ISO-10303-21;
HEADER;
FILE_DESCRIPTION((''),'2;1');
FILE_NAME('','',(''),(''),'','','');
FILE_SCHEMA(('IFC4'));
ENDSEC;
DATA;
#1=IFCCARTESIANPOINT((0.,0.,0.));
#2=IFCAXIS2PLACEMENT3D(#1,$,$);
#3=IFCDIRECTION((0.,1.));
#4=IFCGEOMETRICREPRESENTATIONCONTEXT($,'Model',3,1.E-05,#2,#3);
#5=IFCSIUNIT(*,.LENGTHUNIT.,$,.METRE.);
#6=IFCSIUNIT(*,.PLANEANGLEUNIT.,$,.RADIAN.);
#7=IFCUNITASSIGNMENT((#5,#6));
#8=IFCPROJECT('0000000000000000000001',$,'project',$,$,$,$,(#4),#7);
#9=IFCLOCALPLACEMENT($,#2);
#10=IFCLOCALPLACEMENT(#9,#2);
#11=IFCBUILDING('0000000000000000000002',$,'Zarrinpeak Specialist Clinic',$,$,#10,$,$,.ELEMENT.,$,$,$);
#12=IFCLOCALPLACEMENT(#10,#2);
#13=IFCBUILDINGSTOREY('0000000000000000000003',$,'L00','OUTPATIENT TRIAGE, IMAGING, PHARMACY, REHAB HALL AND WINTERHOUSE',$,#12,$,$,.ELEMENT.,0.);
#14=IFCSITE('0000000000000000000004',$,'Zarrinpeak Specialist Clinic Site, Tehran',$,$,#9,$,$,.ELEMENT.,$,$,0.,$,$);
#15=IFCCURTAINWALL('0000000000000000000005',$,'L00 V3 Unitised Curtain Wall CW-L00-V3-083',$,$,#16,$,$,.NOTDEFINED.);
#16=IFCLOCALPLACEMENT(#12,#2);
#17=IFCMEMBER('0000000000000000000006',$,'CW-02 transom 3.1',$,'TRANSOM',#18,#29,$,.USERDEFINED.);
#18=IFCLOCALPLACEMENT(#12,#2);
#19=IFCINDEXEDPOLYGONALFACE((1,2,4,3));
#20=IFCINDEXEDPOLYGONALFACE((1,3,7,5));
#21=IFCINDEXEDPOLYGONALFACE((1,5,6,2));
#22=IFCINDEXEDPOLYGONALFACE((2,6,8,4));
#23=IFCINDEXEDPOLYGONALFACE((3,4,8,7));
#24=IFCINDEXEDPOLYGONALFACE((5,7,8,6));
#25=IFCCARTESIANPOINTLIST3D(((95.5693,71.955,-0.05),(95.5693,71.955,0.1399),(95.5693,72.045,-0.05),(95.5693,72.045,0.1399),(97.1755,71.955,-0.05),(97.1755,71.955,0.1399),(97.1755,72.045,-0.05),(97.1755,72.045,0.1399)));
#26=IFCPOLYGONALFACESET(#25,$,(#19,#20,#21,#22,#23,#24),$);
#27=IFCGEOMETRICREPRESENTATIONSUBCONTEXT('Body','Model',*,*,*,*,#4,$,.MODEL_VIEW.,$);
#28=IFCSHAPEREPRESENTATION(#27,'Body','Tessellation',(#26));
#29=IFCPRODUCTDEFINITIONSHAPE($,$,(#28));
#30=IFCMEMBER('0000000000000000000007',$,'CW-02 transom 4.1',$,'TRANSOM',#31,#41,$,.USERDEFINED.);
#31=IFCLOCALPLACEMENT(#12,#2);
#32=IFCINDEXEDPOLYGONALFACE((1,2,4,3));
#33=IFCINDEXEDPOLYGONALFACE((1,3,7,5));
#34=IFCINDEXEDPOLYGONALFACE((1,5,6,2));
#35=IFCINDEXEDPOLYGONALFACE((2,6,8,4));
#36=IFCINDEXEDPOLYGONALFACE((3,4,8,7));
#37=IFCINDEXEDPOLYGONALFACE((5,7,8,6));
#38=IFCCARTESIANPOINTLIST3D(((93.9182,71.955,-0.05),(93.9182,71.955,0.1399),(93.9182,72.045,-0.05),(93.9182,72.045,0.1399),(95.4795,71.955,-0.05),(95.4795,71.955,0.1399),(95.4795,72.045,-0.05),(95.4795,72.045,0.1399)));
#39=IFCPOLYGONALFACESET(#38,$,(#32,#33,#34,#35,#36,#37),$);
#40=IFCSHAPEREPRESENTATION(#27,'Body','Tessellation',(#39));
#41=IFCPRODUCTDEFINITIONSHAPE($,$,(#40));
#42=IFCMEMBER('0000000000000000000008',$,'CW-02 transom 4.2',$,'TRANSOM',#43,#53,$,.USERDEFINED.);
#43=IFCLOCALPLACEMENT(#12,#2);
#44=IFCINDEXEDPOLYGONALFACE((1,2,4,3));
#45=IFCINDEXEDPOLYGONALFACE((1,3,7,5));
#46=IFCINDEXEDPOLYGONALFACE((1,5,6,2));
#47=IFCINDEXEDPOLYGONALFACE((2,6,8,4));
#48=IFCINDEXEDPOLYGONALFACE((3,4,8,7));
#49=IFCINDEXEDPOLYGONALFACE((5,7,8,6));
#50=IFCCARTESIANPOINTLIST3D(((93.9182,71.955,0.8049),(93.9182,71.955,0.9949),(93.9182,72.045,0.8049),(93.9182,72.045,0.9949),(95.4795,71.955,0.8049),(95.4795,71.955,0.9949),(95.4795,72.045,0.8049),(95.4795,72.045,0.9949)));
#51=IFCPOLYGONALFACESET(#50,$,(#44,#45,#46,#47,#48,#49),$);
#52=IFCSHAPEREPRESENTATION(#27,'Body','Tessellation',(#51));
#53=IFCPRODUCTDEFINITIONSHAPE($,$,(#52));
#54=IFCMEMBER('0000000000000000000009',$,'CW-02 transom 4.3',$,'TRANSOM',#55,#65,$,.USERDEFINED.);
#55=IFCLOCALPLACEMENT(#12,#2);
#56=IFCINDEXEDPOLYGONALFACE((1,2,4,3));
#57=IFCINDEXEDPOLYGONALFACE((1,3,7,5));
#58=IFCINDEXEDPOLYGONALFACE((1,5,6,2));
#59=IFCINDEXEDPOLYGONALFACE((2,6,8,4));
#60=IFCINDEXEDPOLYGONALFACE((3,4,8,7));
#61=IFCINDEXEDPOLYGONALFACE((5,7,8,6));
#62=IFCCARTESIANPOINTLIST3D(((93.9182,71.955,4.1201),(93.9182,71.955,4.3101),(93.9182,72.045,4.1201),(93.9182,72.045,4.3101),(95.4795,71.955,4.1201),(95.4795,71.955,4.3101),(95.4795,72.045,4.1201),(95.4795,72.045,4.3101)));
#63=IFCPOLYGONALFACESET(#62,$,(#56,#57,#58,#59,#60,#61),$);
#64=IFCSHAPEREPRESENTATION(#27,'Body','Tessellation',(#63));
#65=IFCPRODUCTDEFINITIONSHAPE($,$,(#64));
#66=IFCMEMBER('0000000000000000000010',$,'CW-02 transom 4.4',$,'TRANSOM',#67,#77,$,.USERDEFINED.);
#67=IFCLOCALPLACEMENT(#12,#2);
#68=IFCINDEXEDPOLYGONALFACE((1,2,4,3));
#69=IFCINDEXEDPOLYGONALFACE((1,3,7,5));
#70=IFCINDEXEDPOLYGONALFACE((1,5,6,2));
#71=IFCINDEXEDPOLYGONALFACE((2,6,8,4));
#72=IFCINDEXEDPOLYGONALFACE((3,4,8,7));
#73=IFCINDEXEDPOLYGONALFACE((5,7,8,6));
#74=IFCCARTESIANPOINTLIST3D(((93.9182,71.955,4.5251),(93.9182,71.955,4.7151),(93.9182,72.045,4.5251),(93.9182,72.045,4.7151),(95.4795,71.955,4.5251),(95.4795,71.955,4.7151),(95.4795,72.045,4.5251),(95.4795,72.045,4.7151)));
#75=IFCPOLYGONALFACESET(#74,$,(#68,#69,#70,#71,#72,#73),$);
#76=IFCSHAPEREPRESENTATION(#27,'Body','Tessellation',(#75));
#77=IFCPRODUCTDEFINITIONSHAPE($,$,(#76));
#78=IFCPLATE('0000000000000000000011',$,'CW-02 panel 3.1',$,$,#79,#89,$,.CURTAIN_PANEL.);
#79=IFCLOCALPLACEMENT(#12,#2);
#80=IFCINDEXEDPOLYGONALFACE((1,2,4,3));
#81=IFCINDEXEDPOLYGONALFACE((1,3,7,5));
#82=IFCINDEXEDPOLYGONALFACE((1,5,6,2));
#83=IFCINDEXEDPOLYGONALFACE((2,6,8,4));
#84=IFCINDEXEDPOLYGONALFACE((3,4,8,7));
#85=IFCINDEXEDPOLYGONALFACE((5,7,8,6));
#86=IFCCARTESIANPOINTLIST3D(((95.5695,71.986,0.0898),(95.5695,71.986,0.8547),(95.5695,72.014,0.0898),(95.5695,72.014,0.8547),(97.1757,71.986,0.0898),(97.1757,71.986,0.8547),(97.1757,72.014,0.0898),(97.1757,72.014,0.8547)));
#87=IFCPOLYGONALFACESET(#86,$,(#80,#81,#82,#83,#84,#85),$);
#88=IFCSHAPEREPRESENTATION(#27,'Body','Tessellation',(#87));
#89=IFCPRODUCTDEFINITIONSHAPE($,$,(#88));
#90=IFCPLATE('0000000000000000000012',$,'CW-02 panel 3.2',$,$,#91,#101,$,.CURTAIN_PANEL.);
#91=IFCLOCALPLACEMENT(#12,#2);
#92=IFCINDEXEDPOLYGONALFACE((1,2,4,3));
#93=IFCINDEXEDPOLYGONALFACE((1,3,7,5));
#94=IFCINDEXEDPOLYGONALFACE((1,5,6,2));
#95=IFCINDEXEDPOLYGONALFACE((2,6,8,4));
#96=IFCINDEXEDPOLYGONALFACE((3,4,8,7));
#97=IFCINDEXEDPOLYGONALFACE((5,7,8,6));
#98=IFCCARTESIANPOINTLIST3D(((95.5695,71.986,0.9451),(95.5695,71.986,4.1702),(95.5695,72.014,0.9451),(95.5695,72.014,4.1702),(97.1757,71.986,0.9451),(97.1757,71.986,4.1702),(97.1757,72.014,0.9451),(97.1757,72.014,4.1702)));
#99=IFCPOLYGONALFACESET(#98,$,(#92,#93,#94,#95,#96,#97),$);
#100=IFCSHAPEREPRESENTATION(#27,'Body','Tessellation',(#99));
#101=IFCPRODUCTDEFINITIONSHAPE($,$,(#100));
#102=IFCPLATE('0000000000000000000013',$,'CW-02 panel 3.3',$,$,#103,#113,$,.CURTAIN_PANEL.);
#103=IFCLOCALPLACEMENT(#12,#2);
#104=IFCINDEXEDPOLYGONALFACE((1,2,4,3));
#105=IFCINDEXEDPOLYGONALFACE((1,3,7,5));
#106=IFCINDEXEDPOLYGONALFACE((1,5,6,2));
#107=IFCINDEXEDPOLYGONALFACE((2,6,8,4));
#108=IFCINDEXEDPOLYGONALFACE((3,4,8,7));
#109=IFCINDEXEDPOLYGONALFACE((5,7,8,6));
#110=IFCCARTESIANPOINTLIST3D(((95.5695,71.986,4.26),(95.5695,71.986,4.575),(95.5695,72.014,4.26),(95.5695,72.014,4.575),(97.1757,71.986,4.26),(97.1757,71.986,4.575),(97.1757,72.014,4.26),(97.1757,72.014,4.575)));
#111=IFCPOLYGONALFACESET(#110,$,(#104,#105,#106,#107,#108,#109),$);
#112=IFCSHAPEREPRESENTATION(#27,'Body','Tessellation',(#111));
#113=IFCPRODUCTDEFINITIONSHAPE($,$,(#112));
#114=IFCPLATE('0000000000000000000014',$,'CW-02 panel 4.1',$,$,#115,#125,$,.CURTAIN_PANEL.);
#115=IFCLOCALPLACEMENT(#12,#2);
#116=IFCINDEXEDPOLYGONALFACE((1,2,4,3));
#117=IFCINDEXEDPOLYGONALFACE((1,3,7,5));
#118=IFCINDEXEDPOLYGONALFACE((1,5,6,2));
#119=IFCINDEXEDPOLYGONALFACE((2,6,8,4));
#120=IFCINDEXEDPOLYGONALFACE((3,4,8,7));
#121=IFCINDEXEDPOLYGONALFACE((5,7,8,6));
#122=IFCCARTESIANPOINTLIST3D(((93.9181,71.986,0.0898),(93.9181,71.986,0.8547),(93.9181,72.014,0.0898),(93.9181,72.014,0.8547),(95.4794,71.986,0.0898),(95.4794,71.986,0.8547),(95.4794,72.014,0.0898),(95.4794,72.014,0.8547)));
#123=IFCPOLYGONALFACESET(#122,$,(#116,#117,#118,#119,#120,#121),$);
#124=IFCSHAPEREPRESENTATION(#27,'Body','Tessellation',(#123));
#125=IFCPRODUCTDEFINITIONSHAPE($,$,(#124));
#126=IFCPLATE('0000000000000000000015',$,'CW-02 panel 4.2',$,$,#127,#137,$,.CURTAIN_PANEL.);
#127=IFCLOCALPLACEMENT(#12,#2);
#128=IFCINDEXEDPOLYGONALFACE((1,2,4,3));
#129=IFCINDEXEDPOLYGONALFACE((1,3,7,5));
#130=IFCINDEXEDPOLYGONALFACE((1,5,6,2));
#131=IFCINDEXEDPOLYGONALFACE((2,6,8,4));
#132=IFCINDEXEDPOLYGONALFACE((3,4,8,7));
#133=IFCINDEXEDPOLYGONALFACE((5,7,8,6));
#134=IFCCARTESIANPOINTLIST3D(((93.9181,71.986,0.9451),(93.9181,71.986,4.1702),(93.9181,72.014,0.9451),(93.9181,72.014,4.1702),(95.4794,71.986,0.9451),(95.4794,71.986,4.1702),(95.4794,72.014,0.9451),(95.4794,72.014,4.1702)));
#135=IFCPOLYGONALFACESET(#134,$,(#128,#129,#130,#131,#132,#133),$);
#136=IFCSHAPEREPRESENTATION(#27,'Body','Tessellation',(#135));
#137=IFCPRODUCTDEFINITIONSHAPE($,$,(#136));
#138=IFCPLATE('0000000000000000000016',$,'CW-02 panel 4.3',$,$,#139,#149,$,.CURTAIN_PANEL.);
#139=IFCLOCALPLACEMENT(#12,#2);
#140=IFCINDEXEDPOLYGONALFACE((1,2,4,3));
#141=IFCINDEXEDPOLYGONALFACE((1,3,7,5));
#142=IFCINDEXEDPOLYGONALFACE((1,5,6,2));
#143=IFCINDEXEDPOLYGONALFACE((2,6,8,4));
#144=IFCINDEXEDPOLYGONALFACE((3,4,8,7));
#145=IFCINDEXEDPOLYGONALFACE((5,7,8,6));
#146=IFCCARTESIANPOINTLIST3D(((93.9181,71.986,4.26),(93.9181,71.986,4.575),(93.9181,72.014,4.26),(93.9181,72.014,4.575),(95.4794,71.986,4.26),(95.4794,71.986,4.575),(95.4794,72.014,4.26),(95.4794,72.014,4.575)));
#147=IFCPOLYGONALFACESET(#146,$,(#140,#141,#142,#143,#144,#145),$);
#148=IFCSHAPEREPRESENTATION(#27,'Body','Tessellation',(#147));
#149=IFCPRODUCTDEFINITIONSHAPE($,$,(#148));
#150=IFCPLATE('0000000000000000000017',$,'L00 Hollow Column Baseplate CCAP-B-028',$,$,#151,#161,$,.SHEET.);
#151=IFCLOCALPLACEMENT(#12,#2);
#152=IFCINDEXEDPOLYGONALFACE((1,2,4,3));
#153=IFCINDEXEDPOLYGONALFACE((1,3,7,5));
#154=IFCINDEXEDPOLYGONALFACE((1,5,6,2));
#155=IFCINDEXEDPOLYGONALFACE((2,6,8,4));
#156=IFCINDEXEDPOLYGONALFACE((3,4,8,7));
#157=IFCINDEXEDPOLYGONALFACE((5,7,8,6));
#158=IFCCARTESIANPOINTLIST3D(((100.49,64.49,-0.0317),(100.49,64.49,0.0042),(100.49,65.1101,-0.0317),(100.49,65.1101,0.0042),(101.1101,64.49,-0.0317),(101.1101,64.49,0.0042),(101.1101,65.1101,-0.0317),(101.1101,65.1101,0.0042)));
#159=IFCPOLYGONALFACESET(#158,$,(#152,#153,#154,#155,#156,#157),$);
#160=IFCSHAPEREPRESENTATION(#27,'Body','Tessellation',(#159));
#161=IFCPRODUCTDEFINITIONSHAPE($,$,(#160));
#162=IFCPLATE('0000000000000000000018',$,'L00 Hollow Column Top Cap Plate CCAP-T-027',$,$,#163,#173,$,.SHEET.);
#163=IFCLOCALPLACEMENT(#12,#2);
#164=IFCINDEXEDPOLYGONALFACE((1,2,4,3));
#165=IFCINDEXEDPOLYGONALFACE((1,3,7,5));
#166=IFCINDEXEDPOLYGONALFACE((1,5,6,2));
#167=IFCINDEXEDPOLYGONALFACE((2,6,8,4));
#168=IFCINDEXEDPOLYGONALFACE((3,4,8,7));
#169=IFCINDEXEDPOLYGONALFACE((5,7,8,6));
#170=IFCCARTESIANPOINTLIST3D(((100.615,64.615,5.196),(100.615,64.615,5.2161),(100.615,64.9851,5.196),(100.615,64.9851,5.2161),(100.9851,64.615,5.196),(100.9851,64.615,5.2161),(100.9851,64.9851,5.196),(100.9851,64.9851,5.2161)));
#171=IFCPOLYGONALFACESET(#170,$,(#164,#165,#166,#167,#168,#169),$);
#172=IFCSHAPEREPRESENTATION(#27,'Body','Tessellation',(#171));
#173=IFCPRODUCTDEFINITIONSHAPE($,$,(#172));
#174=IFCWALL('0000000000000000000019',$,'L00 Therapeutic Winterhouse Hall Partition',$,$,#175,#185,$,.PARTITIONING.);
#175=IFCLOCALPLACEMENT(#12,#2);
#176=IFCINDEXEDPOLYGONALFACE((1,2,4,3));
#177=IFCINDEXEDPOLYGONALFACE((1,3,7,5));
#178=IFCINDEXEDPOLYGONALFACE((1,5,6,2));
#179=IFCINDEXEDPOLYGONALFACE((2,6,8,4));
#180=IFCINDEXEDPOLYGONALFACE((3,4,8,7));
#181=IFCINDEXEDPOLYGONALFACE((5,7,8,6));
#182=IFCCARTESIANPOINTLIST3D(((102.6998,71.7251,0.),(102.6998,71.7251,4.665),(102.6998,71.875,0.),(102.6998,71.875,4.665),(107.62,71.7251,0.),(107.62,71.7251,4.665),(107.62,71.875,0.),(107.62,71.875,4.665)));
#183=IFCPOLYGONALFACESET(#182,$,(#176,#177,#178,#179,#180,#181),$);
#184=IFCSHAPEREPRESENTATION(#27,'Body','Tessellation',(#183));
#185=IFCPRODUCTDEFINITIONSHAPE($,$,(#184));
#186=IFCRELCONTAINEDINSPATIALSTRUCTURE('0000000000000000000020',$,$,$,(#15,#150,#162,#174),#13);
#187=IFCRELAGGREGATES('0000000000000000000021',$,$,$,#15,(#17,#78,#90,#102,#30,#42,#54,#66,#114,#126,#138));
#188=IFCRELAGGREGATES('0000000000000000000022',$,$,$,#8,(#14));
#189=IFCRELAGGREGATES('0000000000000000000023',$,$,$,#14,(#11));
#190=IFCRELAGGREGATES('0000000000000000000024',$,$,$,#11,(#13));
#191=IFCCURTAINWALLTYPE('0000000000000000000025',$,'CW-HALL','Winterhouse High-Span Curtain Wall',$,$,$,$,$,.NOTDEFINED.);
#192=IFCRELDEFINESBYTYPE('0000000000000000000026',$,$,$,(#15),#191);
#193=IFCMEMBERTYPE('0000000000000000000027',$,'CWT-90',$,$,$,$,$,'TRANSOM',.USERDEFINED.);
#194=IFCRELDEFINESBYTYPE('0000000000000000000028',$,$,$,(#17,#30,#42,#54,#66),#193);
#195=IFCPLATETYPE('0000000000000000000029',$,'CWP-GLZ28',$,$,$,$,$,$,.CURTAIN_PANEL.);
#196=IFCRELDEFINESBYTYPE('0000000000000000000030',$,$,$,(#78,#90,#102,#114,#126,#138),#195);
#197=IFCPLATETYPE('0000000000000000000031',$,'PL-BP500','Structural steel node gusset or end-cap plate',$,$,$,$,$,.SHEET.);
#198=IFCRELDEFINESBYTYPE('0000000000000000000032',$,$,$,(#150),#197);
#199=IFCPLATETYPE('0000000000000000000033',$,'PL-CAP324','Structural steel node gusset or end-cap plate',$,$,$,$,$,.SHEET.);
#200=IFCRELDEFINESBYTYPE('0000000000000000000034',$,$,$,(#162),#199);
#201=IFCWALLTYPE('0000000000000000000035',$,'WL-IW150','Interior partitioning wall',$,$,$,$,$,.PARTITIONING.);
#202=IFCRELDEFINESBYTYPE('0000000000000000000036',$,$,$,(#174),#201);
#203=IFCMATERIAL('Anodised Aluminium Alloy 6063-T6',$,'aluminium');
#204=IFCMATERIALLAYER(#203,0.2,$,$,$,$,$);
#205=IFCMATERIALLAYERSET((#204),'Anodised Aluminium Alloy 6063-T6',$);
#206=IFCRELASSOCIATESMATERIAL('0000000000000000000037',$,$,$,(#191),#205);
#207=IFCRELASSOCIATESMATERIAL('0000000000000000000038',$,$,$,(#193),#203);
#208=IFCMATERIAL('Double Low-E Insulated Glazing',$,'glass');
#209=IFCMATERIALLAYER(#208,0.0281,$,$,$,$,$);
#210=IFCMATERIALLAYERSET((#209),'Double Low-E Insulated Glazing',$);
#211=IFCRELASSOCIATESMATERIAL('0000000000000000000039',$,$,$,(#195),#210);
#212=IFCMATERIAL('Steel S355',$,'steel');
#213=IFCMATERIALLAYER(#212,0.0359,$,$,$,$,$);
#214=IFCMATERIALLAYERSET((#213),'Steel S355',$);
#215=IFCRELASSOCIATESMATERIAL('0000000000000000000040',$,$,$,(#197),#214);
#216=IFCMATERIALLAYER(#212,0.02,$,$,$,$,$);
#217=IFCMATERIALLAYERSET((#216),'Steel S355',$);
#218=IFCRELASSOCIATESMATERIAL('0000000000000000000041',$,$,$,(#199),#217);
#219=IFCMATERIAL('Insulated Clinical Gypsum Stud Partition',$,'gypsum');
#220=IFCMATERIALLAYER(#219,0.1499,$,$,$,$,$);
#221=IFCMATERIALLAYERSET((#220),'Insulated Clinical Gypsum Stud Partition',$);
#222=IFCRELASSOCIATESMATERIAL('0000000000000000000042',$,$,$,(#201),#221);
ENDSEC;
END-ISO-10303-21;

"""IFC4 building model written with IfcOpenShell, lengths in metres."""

from ifc_helpers import new_model, si_unit, direction, frame, frame_2d, origin, origin_2d, place, context, subcontext, project, spatial, rectangle, extrude, material, layer, layer_set, material_profile, profile_set, type_object, element, aggregate, save


model = new_model("IFC4")

# Units and contexts
model_context = context("Model", 3, precision=1e-05, world=origin(), true_north=direction((0.0, 1.0)))
body_context = subcontext(model_context, "Body", "Model", "MODEL_VIEW")
ifc_project = project(units=[si_unit("LENGTHUNIT", "METRE"), si_unit("PLANEANGLEUNIT", "RADIAN")], contexts=[model_context])

# Site, building, storey
site_placement = place(None, origin())
site = spatial("IfcSite", under=ifc_project, at=site_placement, Name="Zarrinpeak Specialist Clinic Site, Tehran", CompositionType="ELEMENT", RefElevation=0.0)
building_placement = place(site_placement, origin())
building = spatial("IfcBuilding", under=site, at=building_placement, Name="Zarrinpeak Specialist Clinic", CompositionType="ELEMENT")
storey_placement = place(building_placement, origin())
storey = spatial("IfcBuildingStorey", under=building, at=storey_placement, Name="L00", Description="OUTPATIENT TRIAGE, IMAGING, PHARMACY, REHAB HALL AND WINTERHOUSE", CompositionType="ELEMENT", Elevation=0.0)

# Shared definitions
ifc_material_1 = material(Name="Steel S355", Category="steel")

# Curtain wall, members, plates
ifc_material_2 = material(Name="Anodised Aluminium Alloy 6063-T6", Category="aluminium")
ifc_layer_1 = layer(ifc_material_2, 0.2)
ifc_layer_set_1 = layer_set([ifc_layer_1], Name="Anodised Aluminium Alloy 6063-T6")
curtain_wall_type = type_object("IfcCurtainWallType", Name="CW-HALL", Description="Winterhouse High-Span Curtain Wall", PredefinedType="NOTDEFINED", material=ifc_layer_set_1)
curtain_wall_placement = place(storey_placement, origin())
curtain_wall = element("IfcCurtainWall", 1, at=curtain_wall_placement, inside=storey, type_object=curtain_wall_type, Name="L00 V3 Unitised Curtain Wall CW-L00-V3-083", PredefinedType="NOTDEFINED")
ifc_material_profile_1 = material_profile(ifc_material_2, rectangle(XDim=0.0901, YDim=0.1899, at=origin_2d()), Name="ALU 90x190")
ifc_profile_set_1 = profile_set([ifc_material_profile_1], Name="Anodised Aluminium Alloy 6063-T6")
member_type_1 = type_object("IfcMemberType", Name="CWT-90", ElementType="TRANSOM", PredefinedType="USERDEFINED", material=ifc_profile_set_1)
member_1_placement = place(storey_placement, frame((97.1755, 72.0, 0.0449), z_axis=(-1.0, 0.0, 0.0), x_axis=(0.0, -1.0, 0.0)))
member_1 = element("IfcMember", 2, at=member_1_placement, type_object=member_type_1, Name="CW-02 transom 3.1", ObjectType="TRANSOM", PredefinedType="USERDEFINED", context=body_context, shape_type="SweptSolid", body=[
    extrude(rectangle(XDim=0.0901, YDim=0.1899, at=origin_2d()), origin(), (0.0, 0.0, 1.0), 1.6062),
])
member_2_placement = place(storey_placement, frame((95.4795, 72.0, 0.0449), z_axis=(-1.0, 0.0, 0.0), x_axis=(0.0, -1.0, 0.0)))
member_2 = element("IfcMember", 3, at=member_2_placement, type_object=member_type_1, Name="CW-02 transom 4.1", ObjectType="TRANSOM", PredefinedType="USERDEFINED", context=body_context, shape_type="SweptSolid", body=[
    extrude(rectangle(XDim=0.0901, YDim=0.1899, at=origin_2d()), origin(), (0.0, 0.0, 1.0), 1.5613),
])
member_3_placement = place(storey_placement, frame((95.4795, 72.0, 0.8999), z_axis=(-1.0, 0.0, 0.0), x_axis=(0.0, -1.0, 0.0)))
member_3 = element("IfcMember", 4, at=member_3_placement, type_object=member_type_1, Name="CW-02 transom 4.2", ObjectType="TRANSOM", PredefinedType="USERDEFINED", context=body_context, shape_type="SweptSolid", body=[
    extrude(rectangle(XDim=0.0901, YDim=0.1899, at=origin_2d()), origin(), (0.0, 0.0, 1.0), 1.5613),
])
member_4_placement = place(storey_placement, frame((95.4795, 72.0, 4.2151), z_axis=(-1.0, 0.0, 0.0), x_axis=(0.0, -1.0, 0.0)))
member_4 = element("IfcMember", 5, at=member_4_placement, type_object=member_type_1, Name="CW-02 transom 4.3", ObjectType="TRANSOM", PredefinedType="USERDEFINED", context=body_context, shape_type="SweptSolid", body=[
    extrude(rectangle(XDim=0.0901, YDim=0.1899, at=origin_2d()), origin(), (0.0, 0.0, 1.0), 1.5613),
])
member_5_placement = place(storey_placement, frame((95.4795, 72.0, 4.6201), z_axis=(-1.0, 0.0, 0.0), x_axis=(0.0, -1.0, 0.0)))
member_5 = element("IfcMember", 6, at=member_5_placement, type_object=member_type_1, Name="CW-02 transom 4.4", ObjectType="TRANSOM", PredefinedType="USERDEFINED", context=body_context, shape_type="SweptSolid", body=[
    extrude(rectangle(XDim=0.0901, YDim=0.1899, at=origin_2d()), origin(), (0.0, 0.0, 1.0), 1.5613),
])
ifc_material_3 = material(Name="Double Low-E Insulated Glazing", Category="glass")
ifc_layer_2 = layer(ifc_material_3, 0.0281)
ifc_layer_set_2 = layer_set([ifc_layer_2], Name="Double Low-E Insulated Glazing")
plate_type_1 = type_object("IfcPlateType", Name="CWP-GLZ28", PredefinedType="CURTAIN_PANEL", material=ifc_layer_set_2)
plate_1_placement = place(storey_placement, frame((96.3726, 72.0, 0.0898), z_axis=(0.0, 0.0, 1.0), x_axis=(-1.0, 0.0, 0.0)))
plate_1 = element("IfcPlate", 7, at=plate_1_placement, type_object=plate_type_1, Name="CW-02 panel 3.1", PredefinedType="CURTAIN_PANEL", context=body_context, shape_type="SweptSolid", body=[
    extrude(rectangle(XDim=1.6062, YDim=0.0281, at=origin_2d()), origin(), (0.0, 0.0, 1.0), 0.7649),
])
plate_2_placement = place(storey_placement, frame((96.3726, 72.0, 0.9451), z_axis=(0.0, 0.0, 1.0), x_axis=(-1.0, 0.0, 0.0)))
plate_2 = element("IfcPlate", 8, at=plate_2_placement, type_object=plate_type_1, Name="CW-02 panel 3.2", PredefinedType="CURTAIN_PANEL", context=body_context, shape_type="SweptSolid", body=[
    extrude(rectangle(XDim=1.6062, YDim=0.0281, at=origin_2d()), origin(), (0.0, 0.0, 1.0), 3.2251),
])
plate_3_placement = place(storey_placement, frame((96.3726, 72.0, 4.26), z_axis=(0.0, 0.0, 1.0), x_axis=(-1.0, 0.0, 0.0)))
plate_3 = element("IfcPlate", 9, at=plate_3_placement, type_object=plate_type_1, Name="CW-02 panel 3.3", PredefinedType="CURTAIN_PANEL", context=body_context, shape_type="SweptSolid", body=[
    extrude(rectangle(XDim=1.6062, YDim=0.0281, at=origin_2d()), origin(), (0.0, 0.0, 1.0), 0.3149),
])
plate_4_placement = place(storey_placement, frame((94.6987, 72.0, 0.0898), z_axis=(0.0, 0.0, 1.0), x_axis=(-1.0, 0.0, 0.0)))
plate_4 = element("IfcPlate", 10, at=plate_4_placement, type_object=plate_type_1, Name="CW-02 panel 4.1", PredefinedType="CURTAIN_PANEL", context=body_context, shape_type="SweptSolid", body=[
    extrude(rectangle(XDim=1.5613, YDim=0.0281, at=origin_2d()), origin(), (0.0, 0.0, 1.0), 0.7649),
])
plate_5_placement = place(storey_placement, frame((94.6987, 72.0, 0.9451), z_axis=(0.0, 0.0, 1.0), x_axis=(-1.0, 0.0, 0.0)))
plate_5 = element("IfcPlate", 11, at=plate_5_placement, type_object=plate_type_1, Name="CW-02 panel 4.2", PredefinedType="CURTAIN_PANEL", context=body_context, shape_type="SweptSolid", body=[
    extrude(rectangle(XDim=1.5613, YDim=0.0281, at=origin_2d()), origin(), (0.0, 0.0, 1.0), 3.2251),
])
plate_6_placement = place(storey_placement, frame((94.6987, 72.0, 4.26), z_axis=(0.0, 0.0, 1.0), x_axis=(-1.0, 0.0, 0.0)))
plate_6 = element("IfcPlate", 12, at=plate_6_placement, type_object=plate_type_1, Name="CW-02 panel 4.3", PredefinedType="CURTAIN_PANEL", context=body_context, shape_type="SweptSolid", body=[
    extrude(rectangle(XDim=1.5613, YDim=0.0281, at=origin_2d()), origin(), (0.0, 0.0, 1.0), 0.3149),
])
aggregate(curtain_wall, [member_1, plate_1, plate_2, plate_3, member_2, member_3, member_4, member_5, plate_4, plate_5, plate_6])

# Plates
ifc_layer_3 = layer(ifc_material_1, 0.0359)
ifc_layer_set_3 = layer_set([ifc_layer_3], Name="Steel S355")
plate_type_2 = type_object("IfcPlateType", Name="PL-BP500", Description="Structural steel node gusset or end-cap plate", PredefinedType="SHEET", material=ifc_layer_set_3)
plate_7_placement = place(storey_placement, frame((100.8, 64.8, -0.0317), z_axis=(0.0, 0.0, 1.0), x_axis=(1.0, 0.0, 0.0)))
element("IfcPlate", 13, at=plate_7_placement, inside=storey, type_object=plate_type_2, Name="L00 Hollow Column Baseplate CCAP-B-028", PredefinedType="SHEET", context=body_context, shape_type="SweptSolid", body=[
    extrude(rectangle(XDim=0.6201, YDim=0.6201, at=origin_2d()), origin(), (0.0, 0.0, 1.0), 0.0359),
])
ifc_layer_4 = layer(ifc_material_1, 0.02)
ifc_layer_set_4 = layer_set([ifc_layer_4], Name="Steel S355")
plate_type_3 = type_object("IfcPlateType", Name="PL-CAP324", Description="Structural steel node gusset or end-cap plate", PredefinedType="SHEET", material=ifc_layer_set_4)
plate_8_placement = place(storey_placement, frame((100.8, 64.8, 5.196), z_axis=(0.0, 0.0, 1.0), x_axis=(1.0, 0.0, 0.0)))
element("IfcPlate", 14, at=plate_8_placement, inside=storey, type_object=plate_type_3, Name="L00 Hollow Column Top Cap Plate CCAP-T-027", PredefinedType="SHEET", context=body_context, shape_type="SweptSolid", body=[
    extrude(rectangle(XDim=0.3701, YDim=0.3701, at=origin_2d()), origin(), (0.0, 0.0, 1.0), 0.02),
])

# Wall
ifc_material_4 = material(Name="Insulated Clinical Gypsum Stud Partition", Category="gypsum")
ifc_layer_5 = layer(ifc_material_4, 0.1499)
ifc_layer_set_5 = layer_set([ifc_layer_5], Name="Insulated Clinical Gypsum Stud Partition")
wall_type = type_object("IfcWallType", Name="WL-IW150", Description="Interior partitioning wall", PredefinedType="PARTITIONING", material=ifc_layer_set_5)
wall_placement = place(storey_placement, frame((102.7, 71.8, 0.0), z_axis=(0.0, 0.0, 1.0), x_axis=(1.0, 0.0, 0.0)))
element("IfcWall", 15, at=wall_placement, inside=storey, type_object=wall_type, Name="L00 Therapeutic Winterhouse Hall Partition", PredefinedType="PARTITIONING", context=body_context, shape_type="SweptSolid", body=[
    extrude(rectangle(XDim=4.9202, YDim=0.1499, at=frame_2d((2.46, 0.0))), origin(), (0.0, 0.0, 1.0), 4.665),
])

save(model, "model.ifc")
